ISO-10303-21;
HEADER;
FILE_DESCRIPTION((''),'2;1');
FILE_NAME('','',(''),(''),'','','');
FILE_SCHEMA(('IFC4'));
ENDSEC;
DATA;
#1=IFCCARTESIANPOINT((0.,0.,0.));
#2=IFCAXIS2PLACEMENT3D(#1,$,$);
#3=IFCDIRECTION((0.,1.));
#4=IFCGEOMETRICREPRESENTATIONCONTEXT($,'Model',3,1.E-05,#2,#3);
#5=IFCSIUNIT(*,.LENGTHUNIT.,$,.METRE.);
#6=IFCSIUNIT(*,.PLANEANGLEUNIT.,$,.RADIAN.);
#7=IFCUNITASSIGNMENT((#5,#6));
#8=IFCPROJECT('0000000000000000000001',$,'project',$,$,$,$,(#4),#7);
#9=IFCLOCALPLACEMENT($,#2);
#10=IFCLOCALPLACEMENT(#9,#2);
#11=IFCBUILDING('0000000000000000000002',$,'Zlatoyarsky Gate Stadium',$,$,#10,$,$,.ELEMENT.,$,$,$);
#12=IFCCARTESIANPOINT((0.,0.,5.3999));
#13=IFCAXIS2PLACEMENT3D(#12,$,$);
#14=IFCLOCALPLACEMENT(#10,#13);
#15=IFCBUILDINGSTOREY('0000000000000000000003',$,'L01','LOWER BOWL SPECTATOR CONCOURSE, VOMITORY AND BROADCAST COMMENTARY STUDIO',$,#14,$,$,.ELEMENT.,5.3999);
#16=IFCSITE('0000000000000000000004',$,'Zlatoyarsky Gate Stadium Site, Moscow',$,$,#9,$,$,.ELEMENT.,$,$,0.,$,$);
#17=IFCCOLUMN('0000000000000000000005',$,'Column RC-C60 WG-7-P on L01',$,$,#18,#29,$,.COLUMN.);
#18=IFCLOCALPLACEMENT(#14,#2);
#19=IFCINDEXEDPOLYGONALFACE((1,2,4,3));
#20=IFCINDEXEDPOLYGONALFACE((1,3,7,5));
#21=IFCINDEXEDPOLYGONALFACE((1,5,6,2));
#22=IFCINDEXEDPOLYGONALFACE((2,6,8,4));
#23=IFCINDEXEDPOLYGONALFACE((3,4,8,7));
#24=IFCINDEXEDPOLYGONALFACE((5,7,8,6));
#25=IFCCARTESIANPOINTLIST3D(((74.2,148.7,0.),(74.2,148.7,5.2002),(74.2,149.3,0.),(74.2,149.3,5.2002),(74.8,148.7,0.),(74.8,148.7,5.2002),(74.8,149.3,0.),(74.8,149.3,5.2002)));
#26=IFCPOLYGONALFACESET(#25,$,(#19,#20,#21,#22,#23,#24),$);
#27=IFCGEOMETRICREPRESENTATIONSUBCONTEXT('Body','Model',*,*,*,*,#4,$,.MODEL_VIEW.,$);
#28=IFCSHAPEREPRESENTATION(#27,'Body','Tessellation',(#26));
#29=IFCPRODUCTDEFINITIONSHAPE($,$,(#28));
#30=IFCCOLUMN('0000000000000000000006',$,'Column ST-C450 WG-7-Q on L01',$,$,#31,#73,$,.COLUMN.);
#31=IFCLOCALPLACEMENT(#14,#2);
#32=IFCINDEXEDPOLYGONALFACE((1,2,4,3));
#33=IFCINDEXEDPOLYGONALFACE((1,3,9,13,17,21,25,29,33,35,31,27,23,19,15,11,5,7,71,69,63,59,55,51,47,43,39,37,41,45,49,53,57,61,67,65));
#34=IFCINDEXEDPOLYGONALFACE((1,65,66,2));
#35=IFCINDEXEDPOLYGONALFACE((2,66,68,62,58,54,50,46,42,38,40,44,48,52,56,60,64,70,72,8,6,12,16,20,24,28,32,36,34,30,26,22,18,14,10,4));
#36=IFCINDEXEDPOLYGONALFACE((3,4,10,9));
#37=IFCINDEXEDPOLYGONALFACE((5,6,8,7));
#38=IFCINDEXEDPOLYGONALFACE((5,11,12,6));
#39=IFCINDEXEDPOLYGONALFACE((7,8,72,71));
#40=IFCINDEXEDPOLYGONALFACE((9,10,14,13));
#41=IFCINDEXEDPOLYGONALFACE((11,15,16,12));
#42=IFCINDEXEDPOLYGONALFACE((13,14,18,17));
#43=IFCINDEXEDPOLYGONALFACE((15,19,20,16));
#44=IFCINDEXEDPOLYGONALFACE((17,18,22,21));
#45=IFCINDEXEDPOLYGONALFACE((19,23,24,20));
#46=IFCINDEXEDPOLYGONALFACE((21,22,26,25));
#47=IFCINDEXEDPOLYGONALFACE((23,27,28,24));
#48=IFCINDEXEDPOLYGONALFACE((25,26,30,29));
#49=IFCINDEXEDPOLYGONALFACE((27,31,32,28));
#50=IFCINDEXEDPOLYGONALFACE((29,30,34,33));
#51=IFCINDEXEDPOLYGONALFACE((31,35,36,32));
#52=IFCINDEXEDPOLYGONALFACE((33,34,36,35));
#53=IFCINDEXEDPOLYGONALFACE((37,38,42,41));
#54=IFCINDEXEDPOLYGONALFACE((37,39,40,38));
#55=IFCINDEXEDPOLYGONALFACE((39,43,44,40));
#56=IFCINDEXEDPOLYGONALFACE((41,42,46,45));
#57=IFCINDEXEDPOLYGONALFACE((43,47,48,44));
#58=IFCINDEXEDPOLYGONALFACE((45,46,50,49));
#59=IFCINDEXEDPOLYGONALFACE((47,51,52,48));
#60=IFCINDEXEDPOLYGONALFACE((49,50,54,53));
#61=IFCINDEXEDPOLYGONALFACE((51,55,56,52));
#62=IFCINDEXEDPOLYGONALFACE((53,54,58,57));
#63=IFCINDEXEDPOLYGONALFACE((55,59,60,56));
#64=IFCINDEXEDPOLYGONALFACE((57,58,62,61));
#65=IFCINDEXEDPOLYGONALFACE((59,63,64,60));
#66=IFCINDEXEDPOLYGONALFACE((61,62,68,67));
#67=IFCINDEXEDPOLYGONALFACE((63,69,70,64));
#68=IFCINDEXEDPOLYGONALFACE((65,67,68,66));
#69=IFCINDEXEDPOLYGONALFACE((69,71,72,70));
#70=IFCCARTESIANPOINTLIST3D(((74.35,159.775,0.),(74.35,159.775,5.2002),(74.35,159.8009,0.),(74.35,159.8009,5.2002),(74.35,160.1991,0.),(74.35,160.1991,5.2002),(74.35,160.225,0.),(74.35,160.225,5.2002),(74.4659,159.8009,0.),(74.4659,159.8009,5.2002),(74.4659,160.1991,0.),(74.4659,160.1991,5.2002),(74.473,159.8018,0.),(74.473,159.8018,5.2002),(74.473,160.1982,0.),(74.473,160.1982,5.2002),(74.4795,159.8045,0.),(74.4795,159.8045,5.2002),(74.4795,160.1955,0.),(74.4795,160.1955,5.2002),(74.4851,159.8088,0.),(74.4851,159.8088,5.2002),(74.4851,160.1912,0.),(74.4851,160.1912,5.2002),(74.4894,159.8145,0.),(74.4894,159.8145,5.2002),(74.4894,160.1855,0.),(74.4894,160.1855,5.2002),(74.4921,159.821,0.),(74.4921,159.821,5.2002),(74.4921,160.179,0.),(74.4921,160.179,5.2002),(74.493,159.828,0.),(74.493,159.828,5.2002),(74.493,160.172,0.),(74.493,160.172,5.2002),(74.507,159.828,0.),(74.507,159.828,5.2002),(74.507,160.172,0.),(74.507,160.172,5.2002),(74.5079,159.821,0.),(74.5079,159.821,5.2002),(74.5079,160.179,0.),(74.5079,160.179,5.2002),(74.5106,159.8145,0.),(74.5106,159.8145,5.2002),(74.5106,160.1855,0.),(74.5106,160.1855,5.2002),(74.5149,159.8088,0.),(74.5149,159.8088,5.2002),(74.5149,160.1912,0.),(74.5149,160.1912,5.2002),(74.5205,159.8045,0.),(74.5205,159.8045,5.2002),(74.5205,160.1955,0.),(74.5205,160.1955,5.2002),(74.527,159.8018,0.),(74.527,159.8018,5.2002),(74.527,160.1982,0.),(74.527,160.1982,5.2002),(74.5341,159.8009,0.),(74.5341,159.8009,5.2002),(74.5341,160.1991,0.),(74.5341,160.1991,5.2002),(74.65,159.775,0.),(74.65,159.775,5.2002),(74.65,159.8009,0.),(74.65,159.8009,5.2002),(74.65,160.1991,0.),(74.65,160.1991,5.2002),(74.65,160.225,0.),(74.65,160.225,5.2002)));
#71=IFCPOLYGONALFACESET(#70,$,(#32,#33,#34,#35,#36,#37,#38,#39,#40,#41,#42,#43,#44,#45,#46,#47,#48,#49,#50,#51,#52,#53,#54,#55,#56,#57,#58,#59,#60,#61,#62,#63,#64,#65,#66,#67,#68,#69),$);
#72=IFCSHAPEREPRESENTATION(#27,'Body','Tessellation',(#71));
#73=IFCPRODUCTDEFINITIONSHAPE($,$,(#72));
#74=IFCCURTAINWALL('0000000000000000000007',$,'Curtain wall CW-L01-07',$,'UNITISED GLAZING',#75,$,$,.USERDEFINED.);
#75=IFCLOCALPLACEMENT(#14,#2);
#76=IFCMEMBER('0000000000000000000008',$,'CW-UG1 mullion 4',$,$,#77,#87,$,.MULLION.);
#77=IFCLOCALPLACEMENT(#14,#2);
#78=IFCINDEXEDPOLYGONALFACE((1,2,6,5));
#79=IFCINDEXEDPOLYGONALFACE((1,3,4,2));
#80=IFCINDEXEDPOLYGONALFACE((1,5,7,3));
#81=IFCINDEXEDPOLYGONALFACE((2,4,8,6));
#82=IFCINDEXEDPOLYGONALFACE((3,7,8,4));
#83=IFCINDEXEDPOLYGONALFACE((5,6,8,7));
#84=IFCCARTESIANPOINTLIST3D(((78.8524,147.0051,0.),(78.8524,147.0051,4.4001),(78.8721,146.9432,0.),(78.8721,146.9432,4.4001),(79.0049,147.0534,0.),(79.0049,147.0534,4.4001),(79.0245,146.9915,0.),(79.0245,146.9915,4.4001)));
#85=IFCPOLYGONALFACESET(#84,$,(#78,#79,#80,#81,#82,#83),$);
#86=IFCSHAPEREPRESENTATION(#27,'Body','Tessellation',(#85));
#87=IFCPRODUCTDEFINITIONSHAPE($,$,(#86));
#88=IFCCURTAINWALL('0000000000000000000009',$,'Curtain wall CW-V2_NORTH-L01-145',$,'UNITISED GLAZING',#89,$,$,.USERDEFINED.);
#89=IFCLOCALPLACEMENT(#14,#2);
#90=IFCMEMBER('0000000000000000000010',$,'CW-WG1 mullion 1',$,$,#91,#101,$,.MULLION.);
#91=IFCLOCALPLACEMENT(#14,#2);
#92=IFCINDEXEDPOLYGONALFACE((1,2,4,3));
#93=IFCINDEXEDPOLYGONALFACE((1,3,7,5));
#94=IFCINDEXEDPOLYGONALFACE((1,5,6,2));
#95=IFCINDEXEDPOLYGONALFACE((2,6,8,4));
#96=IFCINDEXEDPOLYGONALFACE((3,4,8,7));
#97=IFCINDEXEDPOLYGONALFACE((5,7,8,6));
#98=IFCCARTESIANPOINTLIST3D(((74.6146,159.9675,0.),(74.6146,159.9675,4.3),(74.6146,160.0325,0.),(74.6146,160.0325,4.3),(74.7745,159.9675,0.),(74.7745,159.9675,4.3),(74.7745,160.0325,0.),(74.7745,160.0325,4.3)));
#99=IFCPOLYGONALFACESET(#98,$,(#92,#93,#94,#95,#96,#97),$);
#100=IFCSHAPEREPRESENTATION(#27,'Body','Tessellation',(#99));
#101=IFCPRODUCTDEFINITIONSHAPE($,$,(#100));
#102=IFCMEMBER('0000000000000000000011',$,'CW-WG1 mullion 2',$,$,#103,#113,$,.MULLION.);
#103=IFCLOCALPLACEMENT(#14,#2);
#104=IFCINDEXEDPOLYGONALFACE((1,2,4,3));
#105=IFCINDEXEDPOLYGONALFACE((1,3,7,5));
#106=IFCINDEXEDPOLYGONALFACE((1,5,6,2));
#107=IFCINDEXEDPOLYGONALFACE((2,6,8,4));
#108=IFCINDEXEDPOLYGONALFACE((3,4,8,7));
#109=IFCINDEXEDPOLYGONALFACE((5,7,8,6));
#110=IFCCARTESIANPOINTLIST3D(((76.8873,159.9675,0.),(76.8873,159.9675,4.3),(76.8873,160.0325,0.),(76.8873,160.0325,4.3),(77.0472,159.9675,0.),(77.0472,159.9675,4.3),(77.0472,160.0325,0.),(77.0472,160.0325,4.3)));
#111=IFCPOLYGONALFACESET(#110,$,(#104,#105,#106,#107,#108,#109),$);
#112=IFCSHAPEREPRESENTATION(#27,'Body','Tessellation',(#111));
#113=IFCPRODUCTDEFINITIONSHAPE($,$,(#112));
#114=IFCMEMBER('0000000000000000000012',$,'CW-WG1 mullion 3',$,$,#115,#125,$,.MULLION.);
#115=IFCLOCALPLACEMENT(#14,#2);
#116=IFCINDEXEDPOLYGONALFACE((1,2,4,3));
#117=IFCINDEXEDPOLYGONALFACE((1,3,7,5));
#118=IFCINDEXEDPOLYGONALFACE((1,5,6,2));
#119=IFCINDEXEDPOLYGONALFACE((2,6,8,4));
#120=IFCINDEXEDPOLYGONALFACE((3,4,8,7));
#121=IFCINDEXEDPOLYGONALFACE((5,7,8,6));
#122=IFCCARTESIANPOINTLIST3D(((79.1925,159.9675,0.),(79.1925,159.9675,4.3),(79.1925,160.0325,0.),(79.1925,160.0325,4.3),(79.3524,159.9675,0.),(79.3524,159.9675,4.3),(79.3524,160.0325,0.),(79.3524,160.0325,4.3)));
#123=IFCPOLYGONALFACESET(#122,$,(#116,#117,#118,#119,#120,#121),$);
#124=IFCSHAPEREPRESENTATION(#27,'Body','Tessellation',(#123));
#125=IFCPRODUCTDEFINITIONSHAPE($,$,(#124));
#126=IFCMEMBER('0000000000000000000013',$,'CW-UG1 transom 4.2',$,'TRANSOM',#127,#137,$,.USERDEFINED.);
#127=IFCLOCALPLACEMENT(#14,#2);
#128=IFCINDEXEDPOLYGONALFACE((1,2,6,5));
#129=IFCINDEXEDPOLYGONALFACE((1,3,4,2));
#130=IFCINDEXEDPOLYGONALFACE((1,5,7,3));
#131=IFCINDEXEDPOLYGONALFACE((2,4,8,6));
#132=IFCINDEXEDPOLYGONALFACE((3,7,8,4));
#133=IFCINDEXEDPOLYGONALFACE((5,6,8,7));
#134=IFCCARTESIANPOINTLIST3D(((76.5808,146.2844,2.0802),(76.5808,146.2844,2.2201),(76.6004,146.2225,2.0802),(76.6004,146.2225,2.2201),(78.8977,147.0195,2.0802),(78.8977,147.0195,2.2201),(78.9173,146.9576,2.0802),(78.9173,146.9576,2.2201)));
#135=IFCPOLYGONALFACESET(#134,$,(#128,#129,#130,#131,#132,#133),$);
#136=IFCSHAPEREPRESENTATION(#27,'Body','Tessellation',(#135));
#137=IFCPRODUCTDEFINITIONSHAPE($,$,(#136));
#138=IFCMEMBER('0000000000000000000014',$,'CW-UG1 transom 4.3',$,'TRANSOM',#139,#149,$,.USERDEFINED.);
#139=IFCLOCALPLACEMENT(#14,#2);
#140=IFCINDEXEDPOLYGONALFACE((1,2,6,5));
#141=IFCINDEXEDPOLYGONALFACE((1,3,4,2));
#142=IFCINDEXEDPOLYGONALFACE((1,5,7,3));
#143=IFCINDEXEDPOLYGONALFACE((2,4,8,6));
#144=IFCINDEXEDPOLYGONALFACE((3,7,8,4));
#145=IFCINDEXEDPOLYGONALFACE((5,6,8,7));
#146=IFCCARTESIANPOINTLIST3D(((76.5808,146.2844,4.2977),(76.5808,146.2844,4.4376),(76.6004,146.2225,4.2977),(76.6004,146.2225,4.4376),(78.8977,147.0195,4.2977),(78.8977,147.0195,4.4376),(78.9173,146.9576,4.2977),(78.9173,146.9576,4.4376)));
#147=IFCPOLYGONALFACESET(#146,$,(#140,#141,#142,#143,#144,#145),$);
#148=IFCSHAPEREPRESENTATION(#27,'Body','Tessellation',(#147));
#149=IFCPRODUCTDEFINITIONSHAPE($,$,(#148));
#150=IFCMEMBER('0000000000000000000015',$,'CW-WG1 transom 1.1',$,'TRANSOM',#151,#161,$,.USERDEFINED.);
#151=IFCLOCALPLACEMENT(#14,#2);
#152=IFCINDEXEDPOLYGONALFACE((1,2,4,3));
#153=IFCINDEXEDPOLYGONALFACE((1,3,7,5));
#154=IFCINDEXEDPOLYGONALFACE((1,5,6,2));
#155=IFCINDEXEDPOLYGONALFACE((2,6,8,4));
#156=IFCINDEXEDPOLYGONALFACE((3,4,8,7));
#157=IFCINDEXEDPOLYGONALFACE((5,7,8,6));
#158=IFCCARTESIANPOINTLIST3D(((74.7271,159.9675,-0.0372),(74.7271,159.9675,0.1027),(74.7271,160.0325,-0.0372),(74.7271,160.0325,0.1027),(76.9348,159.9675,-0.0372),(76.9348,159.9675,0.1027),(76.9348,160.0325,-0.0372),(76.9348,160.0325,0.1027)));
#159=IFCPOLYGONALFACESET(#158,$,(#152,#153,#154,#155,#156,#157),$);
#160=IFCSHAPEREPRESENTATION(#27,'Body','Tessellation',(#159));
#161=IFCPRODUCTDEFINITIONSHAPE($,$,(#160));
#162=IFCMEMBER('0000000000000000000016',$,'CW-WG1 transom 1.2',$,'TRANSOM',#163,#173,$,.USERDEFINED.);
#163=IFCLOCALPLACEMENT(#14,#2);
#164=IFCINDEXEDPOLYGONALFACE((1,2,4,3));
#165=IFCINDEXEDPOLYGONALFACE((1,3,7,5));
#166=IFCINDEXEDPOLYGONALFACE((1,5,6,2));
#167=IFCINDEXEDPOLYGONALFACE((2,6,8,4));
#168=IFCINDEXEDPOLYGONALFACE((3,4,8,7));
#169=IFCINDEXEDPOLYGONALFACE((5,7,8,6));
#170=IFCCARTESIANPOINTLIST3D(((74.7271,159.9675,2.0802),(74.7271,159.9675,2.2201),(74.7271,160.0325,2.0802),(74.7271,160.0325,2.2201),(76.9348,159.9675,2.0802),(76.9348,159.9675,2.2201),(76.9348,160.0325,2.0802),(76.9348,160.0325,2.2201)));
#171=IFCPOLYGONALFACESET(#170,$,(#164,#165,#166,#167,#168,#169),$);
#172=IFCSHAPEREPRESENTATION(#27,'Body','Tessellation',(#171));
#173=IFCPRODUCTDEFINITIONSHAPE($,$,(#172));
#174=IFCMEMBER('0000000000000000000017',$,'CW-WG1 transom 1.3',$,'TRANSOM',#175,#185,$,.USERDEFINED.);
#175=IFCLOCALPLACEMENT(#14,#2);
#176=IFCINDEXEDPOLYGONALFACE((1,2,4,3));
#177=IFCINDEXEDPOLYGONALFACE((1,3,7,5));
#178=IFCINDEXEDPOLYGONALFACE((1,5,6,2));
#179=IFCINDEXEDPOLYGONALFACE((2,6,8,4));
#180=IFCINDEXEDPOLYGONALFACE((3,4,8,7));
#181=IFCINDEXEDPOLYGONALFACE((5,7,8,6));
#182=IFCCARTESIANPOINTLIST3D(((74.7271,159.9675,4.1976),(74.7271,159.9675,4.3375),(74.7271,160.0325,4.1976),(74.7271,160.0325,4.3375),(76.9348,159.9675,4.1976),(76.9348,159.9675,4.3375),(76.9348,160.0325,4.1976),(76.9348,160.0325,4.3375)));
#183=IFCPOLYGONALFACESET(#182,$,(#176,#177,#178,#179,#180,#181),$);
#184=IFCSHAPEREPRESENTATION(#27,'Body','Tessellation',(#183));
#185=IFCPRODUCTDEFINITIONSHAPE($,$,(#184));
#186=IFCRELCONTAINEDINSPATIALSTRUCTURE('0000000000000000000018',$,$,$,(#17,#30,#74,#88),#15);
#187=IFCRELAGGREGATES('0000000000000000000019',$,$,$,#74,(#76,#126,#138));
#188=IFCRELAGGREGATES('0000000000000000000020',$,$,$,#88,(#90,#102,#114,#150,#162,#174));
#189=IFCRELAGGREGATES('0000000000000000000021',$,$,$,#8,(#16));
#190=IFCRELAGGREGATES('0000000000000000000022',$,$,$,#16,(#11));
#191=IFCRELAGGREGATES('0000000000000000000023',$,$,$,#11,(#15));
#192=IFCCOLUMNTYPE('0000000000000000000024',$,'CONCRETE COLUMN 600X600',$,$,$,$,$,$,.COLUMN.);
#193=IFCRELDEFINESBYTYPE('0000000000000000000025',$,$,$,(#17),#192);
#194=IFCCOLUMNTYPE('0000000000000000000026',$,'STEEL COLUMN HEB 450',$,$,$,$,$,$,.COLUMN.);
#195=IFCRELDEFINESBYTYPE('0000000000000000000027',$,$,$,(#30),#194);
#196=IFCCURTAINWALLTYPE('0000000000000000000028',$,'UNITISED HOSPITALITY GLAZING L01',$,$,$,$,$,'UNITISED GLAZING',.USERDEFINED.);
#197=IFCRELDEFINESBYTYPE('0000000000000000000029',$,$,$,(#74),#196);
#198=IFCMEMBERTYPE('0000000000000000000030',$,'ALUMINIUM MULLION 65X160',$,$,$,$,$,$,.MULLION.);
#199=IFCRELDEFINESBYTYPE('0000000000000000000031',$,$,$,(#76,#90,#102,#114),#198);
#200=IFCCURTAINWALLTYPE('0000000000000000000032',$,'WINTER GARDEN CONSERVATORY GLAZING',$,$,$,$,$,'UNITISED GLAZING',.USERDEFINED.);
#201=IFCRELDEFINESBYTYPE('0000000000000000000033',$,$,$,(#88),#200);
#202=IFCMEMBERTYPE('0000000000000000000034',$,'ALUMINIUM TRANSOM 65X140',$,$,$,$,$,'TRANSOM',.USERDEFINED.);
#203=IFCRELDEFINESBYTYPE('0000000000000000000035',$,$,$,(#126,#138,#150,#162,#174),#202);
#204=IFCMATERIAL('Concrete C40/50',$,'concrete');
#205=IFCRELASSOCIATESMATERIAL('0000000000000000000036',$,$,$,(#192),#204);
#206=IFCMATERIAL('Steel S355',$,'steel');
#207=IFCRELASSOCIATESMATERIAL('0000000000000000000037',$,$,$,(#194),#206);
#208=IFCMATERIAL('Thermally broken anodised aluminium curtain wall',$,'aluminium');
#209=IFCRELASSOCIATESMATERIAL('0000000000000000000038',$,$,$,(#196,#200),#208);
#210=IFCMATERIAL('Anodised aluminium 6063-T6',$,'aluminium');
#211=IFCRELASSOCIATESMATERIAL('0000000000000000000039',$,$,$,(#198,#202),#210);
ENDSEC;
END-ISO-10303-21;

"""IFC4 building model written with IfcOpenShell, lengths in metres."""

from ifc_helpers import new_model, si_unit, direction, frame, origin, origin_2d, place, context, subcontext, project, spatial, rectangle, i_section, extrude, material, material_profile, profile_set, type_object, element, aggregate, save


model = new_model("IFC4")

# Units and contexts
model_context = context("Model", 3, precision=1e-05, world=origin(), true_north=direction((0.0, 1.0)))
body_context = subcontext(model_context, "Body", "Model", "MODEL_VIEW")
ifc_project = project(units=[si_unit("LENGTHUNIT", "METRE"), si_unit("PLANEANGLEUNIT", "RADIAN")], contexts=[model_context])

# Site, building, storey
site_placement = place(None, origin())
site = spatial("IfcSite", under=ifc_project, at=site_placement, Name="Zlatoyarsky Gate Stadium Site, Moscow", CompositionType="ELEMENT", RefElevation=0.0)
building_placement = place(site_placement, origin())
building = spatial("IfcBuilding", under=site, at=building_placement, Name="Zlatoyarsky Gate Stadium", CompositionType="ELEMENT")
storey_placement = place(building_placement, frame((0.0, 0.0, 5.3999)))
storey = spatial("IfcBuildingStorey", under=building, at=storey_placement, Name="L01", Description="LOWER BOWL SPECTATOR CONCOURSE, VOMITORY AND BROADCAST COMMENTARY STUDIO", CompositionType="ELEMENT", Elevation=5.3999)

# Columns
ifc_material_1 = material(Name="Concrete C40/50", Category="concrete")
ifc_material_profile_1 = material_profile(ifc_material_1, rectangle(XDim=0.6001, YDim=0.6001, at=origin_2d()), Name="RC COL 600X600")
ifc_profile_set_1 = profile_set([ifc_material_profile_1], Name="Concrete C40/50")
column_type_1 = type_object("IfcColumnType", Name="CONCRETE COLUMN 600X600", PredefinedType="COLUMN", material=ifc_profile_set_1)
column_1_placement = place(storey_placement, frame((74.5, 149.0, 0.0), z_axis=(0.0, 0.0, 1.0), x_axis=(1.0, 0.0, 0.0)))
element("IfcColumn", 1, at=column_1_placement, inside=storey, type_object=column_type_1, Name="Column RC-C60 WG-7-P on L01", PredefinedType="COLUMN", context=body_context, shape_type="SweptSolid", body=[
    extrude(rectangle(XDim=0.6001, YDim=0.6001, at=origin_2d()), origin(), (0.0, 0.0, 1.0), 5.2002),
])
ifc_material_2 = material(Name="Steel S355", Category="steel")
ifc_material_profile_2 = material_profile(ifc_material_2, i_section(OverallWidth=0.3, OverallDepth=0.45, WebThickness=0.0139, FlangeThickness=0.0259, FilletRadius=0.0271, at=origin_2d()), Name="HEB 450")
ifc_profile_set_2 = profile_set([ifc_material_profile_2], Name="Steel S355")
column_type_2 = type_object("IfcColumnType", Name="STEEL COLUMN HEB 450", PredefinedType="COLUMN", material=ifc_profile_set_2)
column_2_placement = place(storey_placement, frame((74.5, 160.0, 0.0), z_axis=(0.0, 0.0, 1.0), x_axis=(1.0, 0.0, 0.0)))
element("IfcColumn", 2, at=column_2_placement, inside=storey, type_object=column_type_2, Name="Column ST-C450 WG-7-Q on L01", PredefinedType="COLUMN", context=body_context, shape_type="SweptSolid", body=[
    extrude(i_section(OverallWidth=0.3, OverallDepth=0.45, WebThickness=0.0139, FlangeThickness=0.0259, FilletRadius=0.0271, at=origin_2d()), origin(), (0.0, 0.0, 1.0), 5.2002),
])

# Curtain wall, member
ifc_material_3 = material(Name="Thermally broken anodised aluminium curtain wall", Category="aluminium")
curtain_wall_type_1 = type_object("IfcCurtainWallType", Name="UNITISED HOSPITALITY GLAZING L01", ElementType="UNITISED GLAZING", PredefinedType="USERDEFINED", material=ifc_material_3)
curtain_wall_1_placement = place(storey_placement, origin())
curtain_wall_1 = element("IfcCurtainWall", 3, at=curtain_wall_1_placement, inside=storey, type_object=curtain_wall_type_1, Name="Curtain wall CW-L01-07", ObjectType="UNITISED GLAZING", PredefinedType="USERDEFINED")
ifc_material_4 = material(Name="Anodised aluminium 6063-T6", Category="aluminium")
ifc_material_profile_3 = material_profile(ifc_material_4, rectangle(XDim=0.0649, YDim=0.1599, at=origin_2d()), Name="ALU 65X160")
ifc_profile_set_3 = profile_set([ifc_material_profile_3], Name="Anodised aluminium 6063-T6")
member_type_1 = type_object("IfcMemberType", Name="ALUMINIUM MULLION 65X160", PredefinedType="MULLION", material=ifc_profile_set_3)
member_1_placement = place(storey_placement, frame((78.9385, 146.9983, 0.0), z_axis=(0.0, 0.0, 1.0), x_axis=(0.302335, -0.953202, 0.0)))
member_1 = element("IfcMember", 4, at=member_1_placement, type_object=member_type_1, Name="CW-UG1 mullion 4", PredefinedType="MULLION", context=body_context, shape_type="SweptSolid", body=[
    extrude(rectangle(XDim=0.0649, YDim=0.1599, at=origin_2d()), origin(), (0.0, 0.0, 1.0), 4.4001),
])

# Curtain wall, members
curtain_wall_type_2 = type_object("IfcCurtainWallType", Name="WINTER GARDEN CONSERVATORY GLAZING", ElementType="UNITISED GLAZING", PredefinedType="USERDEFINED", material=ifc_material_3)
curtain_wall_2_placement = place(storey_placement, origin())
curtain_wall_2 = element("IfcCurtainWall", 5, at=curtain_wall_2_placement, inside=storey, type_object=curtain_wall_type_2, Name="Curtain wall CW-V2_NORTH-L01-145", ObjectType="UNITISED GLAZING", PredefinedType="USERDEFINED")
member_2_placement = place(storey_placement, frame((74.6946, 160.0, 0.0), z_axis=(0.0, 0.0, 1.0), x_axis=(0.0, 1.0, 0.0)))
member_2 = element("IfcMember", 6, at=member_2_placement, type_object=member_type_1, Name="CW-WG1 mullion 1", PredefinedType="MULLION", context=body_context, shape_type="SweptSolid", body=[
    extrude(rectangle(XDim=0.0649, YDim=0.1599, at=origin_2d()), origin(), (0.0, 0.0, 1.0), 4.3),
])
member_3_placement = place(storey_placement, frame((76.9673, 160.0, 0.0), z_axis=(0.0, 0.0, 1.0), x_axis=(0.0, 1.0, 0.0)))
member_3 = element("IfcMember", 7, at=member_3_placement, type_object=member_type_1, Name="CW-WG1 mullion 2", PredefinedType="MULLION", context=body_context, shape_type="SweptSolid", body=[
    extrude(rectangle(XDim=0.0649, YDim=0.1599, at=origin_2d()), origin(), (0.0, 0.0, 1.0), 4.3),
])
member_4_placement = place(storey_placement, frame((79.2725, 160.0, 0.0), z_axis=(0.0, 0.0, 1.0), x_axis=(0.0, 1.0, 0.0)))
member_4 = element("IfcMember", 8, at=member_4_placement, type_object=member_type_1, Name="CW-WG1 mullion 3", PredefinedType="MULLION", context=body_context, shape_type="SweptSolid", body=[
    extrude(rectangle(XDim=0.0649, YDim=0.1599, at=origin_2d()), origin(), (0.0, 0.0, 1.0), 4.3),
])

# Members
ifc_material_profile_4 = material_profile(ifc_material_4, rectangle(XDim=0.0649, YDim=0.1399, at=origin_2d()), Name="ALU 65X140")
ifc_profile_set_4 = profile_set([ifc_material_profile_4], Name="Anodised aluminium 6063-T6")
member_type_2 = type_object("IfcMemberType", Name="ALUMINIUM TRANSOM 65X140", ElementType="TRANSOM", PredefinedType="USERDEFINED", material=ifc_profile_set_4)
member_5_placement = place(storey_placement, frame((78.9075, 146.9885, 2.1501), z_axis=(-0.953173, -0.302424, 0.0), x_axis=(0.302424, -0.953173, 0.0)))
member_5 = element("IfcMember", 9, at=member_5_placement, type_object=member_type_2, Name="CW-UG1 transom 4.2", ObjectType="TRANSOM", PredefinedType="USERDEFINED", context=body_context, shape_type="SweptSolid", body=[
    extrude(rectangle(XDim=0.0649, YDim=0.1399, at=origin_2d()), origin(), (0.0, 0.0, 1.0), 2.4307),
])
member_6_placement = place(storey_placement, frame((78.9075, 146.9885, 4.3677), z_axis=(-0.953173, -0.302424, 0.0), x_axis=(0.302424, -0.953173, 0.0)))
member_6 = element("IfcMember", 10, at=member_6_placement, type_object=member_type_2, Name="CW-UG1 transom 4.3", ObjectType="TRANSOM", PredefinedType="USERDEFINED", context=body_context, shape_type="SweptSolid", body=[
    extrude(rectangle(XDim=0.0649, YDim=0.1399, at=origin_2d()), origin(), (0.0, 0.0, 1.0), 2.4307),
])
aggregate(curtain_wall_1, [member_1, member_5, member_6])
member_7_placement = place(storey_placement, frame((74.7271, 160.0, 0.0327), z_axis=(1.0, 0.0, 0.0), x_axis=(0.0, 1.0, 0.0)))
member_7 = element("IfcMember", 11, at=member_7_placement, type_object=member_type_2, Name="CW-WG1 transom 1.1", ObjectType="TRANSOM", PredefinedType="USERDEFINED", context=body_context, shape_type="SweptSolid", body=[
    extrude(rectangle(XDim=0.0649, YDim=0.1399, at=origin_2d()), origin(), (0.0, 0.0, 1.0), 2.2078),
])
member_8_placement = place(storey_placement, frame((74.7271, 160.0, 2.1501), z_axis=(1.0, 0.0, 0.0), x_axis=(0.0, 1.0, 0.0)))
member_8 = element("IfcMember", 12, at=member_8_placement, type_object=member_type_2, Name="CW-WG1 transom 1.2", ObjectType="TRANSOM", PredefinedType="USERDEFINED", context=body_context, shape_type="SweptSolid", body=[
    extrude(rectangle(XDim=0.0649, YDim=0.1399, at=origin_2d()), origin(), (0.0, 0.0, 1.0), 2.2078),
])
member_9_placement = place(storey_placement, frame((74.7271, 160.0, 4.2676), z_axis=(1.0, 0.0, 0.0), x_axis=(0.0, 1.0, 0.0)))
member_9 = element("IfcMember", 13, at=member_9_placement, type_object=member_type_2, Name="CW-WG1 transom 1.3", ObjectType="TRANSOM", PredefinedType="USERDEFINED", context=body_context, shape_type="SweptSolid", body=[
    extrude(rectangle(XDim=0.0649, YDim=0.1399, at=origin_2d()), origin(), (0.0, 0.0, 1.0), 2.2078),
])

aggregate(curtain_wall_2, [member_2, member_3, member_4, member_7, member_8, member_9])

save(model, "model.ifc")
